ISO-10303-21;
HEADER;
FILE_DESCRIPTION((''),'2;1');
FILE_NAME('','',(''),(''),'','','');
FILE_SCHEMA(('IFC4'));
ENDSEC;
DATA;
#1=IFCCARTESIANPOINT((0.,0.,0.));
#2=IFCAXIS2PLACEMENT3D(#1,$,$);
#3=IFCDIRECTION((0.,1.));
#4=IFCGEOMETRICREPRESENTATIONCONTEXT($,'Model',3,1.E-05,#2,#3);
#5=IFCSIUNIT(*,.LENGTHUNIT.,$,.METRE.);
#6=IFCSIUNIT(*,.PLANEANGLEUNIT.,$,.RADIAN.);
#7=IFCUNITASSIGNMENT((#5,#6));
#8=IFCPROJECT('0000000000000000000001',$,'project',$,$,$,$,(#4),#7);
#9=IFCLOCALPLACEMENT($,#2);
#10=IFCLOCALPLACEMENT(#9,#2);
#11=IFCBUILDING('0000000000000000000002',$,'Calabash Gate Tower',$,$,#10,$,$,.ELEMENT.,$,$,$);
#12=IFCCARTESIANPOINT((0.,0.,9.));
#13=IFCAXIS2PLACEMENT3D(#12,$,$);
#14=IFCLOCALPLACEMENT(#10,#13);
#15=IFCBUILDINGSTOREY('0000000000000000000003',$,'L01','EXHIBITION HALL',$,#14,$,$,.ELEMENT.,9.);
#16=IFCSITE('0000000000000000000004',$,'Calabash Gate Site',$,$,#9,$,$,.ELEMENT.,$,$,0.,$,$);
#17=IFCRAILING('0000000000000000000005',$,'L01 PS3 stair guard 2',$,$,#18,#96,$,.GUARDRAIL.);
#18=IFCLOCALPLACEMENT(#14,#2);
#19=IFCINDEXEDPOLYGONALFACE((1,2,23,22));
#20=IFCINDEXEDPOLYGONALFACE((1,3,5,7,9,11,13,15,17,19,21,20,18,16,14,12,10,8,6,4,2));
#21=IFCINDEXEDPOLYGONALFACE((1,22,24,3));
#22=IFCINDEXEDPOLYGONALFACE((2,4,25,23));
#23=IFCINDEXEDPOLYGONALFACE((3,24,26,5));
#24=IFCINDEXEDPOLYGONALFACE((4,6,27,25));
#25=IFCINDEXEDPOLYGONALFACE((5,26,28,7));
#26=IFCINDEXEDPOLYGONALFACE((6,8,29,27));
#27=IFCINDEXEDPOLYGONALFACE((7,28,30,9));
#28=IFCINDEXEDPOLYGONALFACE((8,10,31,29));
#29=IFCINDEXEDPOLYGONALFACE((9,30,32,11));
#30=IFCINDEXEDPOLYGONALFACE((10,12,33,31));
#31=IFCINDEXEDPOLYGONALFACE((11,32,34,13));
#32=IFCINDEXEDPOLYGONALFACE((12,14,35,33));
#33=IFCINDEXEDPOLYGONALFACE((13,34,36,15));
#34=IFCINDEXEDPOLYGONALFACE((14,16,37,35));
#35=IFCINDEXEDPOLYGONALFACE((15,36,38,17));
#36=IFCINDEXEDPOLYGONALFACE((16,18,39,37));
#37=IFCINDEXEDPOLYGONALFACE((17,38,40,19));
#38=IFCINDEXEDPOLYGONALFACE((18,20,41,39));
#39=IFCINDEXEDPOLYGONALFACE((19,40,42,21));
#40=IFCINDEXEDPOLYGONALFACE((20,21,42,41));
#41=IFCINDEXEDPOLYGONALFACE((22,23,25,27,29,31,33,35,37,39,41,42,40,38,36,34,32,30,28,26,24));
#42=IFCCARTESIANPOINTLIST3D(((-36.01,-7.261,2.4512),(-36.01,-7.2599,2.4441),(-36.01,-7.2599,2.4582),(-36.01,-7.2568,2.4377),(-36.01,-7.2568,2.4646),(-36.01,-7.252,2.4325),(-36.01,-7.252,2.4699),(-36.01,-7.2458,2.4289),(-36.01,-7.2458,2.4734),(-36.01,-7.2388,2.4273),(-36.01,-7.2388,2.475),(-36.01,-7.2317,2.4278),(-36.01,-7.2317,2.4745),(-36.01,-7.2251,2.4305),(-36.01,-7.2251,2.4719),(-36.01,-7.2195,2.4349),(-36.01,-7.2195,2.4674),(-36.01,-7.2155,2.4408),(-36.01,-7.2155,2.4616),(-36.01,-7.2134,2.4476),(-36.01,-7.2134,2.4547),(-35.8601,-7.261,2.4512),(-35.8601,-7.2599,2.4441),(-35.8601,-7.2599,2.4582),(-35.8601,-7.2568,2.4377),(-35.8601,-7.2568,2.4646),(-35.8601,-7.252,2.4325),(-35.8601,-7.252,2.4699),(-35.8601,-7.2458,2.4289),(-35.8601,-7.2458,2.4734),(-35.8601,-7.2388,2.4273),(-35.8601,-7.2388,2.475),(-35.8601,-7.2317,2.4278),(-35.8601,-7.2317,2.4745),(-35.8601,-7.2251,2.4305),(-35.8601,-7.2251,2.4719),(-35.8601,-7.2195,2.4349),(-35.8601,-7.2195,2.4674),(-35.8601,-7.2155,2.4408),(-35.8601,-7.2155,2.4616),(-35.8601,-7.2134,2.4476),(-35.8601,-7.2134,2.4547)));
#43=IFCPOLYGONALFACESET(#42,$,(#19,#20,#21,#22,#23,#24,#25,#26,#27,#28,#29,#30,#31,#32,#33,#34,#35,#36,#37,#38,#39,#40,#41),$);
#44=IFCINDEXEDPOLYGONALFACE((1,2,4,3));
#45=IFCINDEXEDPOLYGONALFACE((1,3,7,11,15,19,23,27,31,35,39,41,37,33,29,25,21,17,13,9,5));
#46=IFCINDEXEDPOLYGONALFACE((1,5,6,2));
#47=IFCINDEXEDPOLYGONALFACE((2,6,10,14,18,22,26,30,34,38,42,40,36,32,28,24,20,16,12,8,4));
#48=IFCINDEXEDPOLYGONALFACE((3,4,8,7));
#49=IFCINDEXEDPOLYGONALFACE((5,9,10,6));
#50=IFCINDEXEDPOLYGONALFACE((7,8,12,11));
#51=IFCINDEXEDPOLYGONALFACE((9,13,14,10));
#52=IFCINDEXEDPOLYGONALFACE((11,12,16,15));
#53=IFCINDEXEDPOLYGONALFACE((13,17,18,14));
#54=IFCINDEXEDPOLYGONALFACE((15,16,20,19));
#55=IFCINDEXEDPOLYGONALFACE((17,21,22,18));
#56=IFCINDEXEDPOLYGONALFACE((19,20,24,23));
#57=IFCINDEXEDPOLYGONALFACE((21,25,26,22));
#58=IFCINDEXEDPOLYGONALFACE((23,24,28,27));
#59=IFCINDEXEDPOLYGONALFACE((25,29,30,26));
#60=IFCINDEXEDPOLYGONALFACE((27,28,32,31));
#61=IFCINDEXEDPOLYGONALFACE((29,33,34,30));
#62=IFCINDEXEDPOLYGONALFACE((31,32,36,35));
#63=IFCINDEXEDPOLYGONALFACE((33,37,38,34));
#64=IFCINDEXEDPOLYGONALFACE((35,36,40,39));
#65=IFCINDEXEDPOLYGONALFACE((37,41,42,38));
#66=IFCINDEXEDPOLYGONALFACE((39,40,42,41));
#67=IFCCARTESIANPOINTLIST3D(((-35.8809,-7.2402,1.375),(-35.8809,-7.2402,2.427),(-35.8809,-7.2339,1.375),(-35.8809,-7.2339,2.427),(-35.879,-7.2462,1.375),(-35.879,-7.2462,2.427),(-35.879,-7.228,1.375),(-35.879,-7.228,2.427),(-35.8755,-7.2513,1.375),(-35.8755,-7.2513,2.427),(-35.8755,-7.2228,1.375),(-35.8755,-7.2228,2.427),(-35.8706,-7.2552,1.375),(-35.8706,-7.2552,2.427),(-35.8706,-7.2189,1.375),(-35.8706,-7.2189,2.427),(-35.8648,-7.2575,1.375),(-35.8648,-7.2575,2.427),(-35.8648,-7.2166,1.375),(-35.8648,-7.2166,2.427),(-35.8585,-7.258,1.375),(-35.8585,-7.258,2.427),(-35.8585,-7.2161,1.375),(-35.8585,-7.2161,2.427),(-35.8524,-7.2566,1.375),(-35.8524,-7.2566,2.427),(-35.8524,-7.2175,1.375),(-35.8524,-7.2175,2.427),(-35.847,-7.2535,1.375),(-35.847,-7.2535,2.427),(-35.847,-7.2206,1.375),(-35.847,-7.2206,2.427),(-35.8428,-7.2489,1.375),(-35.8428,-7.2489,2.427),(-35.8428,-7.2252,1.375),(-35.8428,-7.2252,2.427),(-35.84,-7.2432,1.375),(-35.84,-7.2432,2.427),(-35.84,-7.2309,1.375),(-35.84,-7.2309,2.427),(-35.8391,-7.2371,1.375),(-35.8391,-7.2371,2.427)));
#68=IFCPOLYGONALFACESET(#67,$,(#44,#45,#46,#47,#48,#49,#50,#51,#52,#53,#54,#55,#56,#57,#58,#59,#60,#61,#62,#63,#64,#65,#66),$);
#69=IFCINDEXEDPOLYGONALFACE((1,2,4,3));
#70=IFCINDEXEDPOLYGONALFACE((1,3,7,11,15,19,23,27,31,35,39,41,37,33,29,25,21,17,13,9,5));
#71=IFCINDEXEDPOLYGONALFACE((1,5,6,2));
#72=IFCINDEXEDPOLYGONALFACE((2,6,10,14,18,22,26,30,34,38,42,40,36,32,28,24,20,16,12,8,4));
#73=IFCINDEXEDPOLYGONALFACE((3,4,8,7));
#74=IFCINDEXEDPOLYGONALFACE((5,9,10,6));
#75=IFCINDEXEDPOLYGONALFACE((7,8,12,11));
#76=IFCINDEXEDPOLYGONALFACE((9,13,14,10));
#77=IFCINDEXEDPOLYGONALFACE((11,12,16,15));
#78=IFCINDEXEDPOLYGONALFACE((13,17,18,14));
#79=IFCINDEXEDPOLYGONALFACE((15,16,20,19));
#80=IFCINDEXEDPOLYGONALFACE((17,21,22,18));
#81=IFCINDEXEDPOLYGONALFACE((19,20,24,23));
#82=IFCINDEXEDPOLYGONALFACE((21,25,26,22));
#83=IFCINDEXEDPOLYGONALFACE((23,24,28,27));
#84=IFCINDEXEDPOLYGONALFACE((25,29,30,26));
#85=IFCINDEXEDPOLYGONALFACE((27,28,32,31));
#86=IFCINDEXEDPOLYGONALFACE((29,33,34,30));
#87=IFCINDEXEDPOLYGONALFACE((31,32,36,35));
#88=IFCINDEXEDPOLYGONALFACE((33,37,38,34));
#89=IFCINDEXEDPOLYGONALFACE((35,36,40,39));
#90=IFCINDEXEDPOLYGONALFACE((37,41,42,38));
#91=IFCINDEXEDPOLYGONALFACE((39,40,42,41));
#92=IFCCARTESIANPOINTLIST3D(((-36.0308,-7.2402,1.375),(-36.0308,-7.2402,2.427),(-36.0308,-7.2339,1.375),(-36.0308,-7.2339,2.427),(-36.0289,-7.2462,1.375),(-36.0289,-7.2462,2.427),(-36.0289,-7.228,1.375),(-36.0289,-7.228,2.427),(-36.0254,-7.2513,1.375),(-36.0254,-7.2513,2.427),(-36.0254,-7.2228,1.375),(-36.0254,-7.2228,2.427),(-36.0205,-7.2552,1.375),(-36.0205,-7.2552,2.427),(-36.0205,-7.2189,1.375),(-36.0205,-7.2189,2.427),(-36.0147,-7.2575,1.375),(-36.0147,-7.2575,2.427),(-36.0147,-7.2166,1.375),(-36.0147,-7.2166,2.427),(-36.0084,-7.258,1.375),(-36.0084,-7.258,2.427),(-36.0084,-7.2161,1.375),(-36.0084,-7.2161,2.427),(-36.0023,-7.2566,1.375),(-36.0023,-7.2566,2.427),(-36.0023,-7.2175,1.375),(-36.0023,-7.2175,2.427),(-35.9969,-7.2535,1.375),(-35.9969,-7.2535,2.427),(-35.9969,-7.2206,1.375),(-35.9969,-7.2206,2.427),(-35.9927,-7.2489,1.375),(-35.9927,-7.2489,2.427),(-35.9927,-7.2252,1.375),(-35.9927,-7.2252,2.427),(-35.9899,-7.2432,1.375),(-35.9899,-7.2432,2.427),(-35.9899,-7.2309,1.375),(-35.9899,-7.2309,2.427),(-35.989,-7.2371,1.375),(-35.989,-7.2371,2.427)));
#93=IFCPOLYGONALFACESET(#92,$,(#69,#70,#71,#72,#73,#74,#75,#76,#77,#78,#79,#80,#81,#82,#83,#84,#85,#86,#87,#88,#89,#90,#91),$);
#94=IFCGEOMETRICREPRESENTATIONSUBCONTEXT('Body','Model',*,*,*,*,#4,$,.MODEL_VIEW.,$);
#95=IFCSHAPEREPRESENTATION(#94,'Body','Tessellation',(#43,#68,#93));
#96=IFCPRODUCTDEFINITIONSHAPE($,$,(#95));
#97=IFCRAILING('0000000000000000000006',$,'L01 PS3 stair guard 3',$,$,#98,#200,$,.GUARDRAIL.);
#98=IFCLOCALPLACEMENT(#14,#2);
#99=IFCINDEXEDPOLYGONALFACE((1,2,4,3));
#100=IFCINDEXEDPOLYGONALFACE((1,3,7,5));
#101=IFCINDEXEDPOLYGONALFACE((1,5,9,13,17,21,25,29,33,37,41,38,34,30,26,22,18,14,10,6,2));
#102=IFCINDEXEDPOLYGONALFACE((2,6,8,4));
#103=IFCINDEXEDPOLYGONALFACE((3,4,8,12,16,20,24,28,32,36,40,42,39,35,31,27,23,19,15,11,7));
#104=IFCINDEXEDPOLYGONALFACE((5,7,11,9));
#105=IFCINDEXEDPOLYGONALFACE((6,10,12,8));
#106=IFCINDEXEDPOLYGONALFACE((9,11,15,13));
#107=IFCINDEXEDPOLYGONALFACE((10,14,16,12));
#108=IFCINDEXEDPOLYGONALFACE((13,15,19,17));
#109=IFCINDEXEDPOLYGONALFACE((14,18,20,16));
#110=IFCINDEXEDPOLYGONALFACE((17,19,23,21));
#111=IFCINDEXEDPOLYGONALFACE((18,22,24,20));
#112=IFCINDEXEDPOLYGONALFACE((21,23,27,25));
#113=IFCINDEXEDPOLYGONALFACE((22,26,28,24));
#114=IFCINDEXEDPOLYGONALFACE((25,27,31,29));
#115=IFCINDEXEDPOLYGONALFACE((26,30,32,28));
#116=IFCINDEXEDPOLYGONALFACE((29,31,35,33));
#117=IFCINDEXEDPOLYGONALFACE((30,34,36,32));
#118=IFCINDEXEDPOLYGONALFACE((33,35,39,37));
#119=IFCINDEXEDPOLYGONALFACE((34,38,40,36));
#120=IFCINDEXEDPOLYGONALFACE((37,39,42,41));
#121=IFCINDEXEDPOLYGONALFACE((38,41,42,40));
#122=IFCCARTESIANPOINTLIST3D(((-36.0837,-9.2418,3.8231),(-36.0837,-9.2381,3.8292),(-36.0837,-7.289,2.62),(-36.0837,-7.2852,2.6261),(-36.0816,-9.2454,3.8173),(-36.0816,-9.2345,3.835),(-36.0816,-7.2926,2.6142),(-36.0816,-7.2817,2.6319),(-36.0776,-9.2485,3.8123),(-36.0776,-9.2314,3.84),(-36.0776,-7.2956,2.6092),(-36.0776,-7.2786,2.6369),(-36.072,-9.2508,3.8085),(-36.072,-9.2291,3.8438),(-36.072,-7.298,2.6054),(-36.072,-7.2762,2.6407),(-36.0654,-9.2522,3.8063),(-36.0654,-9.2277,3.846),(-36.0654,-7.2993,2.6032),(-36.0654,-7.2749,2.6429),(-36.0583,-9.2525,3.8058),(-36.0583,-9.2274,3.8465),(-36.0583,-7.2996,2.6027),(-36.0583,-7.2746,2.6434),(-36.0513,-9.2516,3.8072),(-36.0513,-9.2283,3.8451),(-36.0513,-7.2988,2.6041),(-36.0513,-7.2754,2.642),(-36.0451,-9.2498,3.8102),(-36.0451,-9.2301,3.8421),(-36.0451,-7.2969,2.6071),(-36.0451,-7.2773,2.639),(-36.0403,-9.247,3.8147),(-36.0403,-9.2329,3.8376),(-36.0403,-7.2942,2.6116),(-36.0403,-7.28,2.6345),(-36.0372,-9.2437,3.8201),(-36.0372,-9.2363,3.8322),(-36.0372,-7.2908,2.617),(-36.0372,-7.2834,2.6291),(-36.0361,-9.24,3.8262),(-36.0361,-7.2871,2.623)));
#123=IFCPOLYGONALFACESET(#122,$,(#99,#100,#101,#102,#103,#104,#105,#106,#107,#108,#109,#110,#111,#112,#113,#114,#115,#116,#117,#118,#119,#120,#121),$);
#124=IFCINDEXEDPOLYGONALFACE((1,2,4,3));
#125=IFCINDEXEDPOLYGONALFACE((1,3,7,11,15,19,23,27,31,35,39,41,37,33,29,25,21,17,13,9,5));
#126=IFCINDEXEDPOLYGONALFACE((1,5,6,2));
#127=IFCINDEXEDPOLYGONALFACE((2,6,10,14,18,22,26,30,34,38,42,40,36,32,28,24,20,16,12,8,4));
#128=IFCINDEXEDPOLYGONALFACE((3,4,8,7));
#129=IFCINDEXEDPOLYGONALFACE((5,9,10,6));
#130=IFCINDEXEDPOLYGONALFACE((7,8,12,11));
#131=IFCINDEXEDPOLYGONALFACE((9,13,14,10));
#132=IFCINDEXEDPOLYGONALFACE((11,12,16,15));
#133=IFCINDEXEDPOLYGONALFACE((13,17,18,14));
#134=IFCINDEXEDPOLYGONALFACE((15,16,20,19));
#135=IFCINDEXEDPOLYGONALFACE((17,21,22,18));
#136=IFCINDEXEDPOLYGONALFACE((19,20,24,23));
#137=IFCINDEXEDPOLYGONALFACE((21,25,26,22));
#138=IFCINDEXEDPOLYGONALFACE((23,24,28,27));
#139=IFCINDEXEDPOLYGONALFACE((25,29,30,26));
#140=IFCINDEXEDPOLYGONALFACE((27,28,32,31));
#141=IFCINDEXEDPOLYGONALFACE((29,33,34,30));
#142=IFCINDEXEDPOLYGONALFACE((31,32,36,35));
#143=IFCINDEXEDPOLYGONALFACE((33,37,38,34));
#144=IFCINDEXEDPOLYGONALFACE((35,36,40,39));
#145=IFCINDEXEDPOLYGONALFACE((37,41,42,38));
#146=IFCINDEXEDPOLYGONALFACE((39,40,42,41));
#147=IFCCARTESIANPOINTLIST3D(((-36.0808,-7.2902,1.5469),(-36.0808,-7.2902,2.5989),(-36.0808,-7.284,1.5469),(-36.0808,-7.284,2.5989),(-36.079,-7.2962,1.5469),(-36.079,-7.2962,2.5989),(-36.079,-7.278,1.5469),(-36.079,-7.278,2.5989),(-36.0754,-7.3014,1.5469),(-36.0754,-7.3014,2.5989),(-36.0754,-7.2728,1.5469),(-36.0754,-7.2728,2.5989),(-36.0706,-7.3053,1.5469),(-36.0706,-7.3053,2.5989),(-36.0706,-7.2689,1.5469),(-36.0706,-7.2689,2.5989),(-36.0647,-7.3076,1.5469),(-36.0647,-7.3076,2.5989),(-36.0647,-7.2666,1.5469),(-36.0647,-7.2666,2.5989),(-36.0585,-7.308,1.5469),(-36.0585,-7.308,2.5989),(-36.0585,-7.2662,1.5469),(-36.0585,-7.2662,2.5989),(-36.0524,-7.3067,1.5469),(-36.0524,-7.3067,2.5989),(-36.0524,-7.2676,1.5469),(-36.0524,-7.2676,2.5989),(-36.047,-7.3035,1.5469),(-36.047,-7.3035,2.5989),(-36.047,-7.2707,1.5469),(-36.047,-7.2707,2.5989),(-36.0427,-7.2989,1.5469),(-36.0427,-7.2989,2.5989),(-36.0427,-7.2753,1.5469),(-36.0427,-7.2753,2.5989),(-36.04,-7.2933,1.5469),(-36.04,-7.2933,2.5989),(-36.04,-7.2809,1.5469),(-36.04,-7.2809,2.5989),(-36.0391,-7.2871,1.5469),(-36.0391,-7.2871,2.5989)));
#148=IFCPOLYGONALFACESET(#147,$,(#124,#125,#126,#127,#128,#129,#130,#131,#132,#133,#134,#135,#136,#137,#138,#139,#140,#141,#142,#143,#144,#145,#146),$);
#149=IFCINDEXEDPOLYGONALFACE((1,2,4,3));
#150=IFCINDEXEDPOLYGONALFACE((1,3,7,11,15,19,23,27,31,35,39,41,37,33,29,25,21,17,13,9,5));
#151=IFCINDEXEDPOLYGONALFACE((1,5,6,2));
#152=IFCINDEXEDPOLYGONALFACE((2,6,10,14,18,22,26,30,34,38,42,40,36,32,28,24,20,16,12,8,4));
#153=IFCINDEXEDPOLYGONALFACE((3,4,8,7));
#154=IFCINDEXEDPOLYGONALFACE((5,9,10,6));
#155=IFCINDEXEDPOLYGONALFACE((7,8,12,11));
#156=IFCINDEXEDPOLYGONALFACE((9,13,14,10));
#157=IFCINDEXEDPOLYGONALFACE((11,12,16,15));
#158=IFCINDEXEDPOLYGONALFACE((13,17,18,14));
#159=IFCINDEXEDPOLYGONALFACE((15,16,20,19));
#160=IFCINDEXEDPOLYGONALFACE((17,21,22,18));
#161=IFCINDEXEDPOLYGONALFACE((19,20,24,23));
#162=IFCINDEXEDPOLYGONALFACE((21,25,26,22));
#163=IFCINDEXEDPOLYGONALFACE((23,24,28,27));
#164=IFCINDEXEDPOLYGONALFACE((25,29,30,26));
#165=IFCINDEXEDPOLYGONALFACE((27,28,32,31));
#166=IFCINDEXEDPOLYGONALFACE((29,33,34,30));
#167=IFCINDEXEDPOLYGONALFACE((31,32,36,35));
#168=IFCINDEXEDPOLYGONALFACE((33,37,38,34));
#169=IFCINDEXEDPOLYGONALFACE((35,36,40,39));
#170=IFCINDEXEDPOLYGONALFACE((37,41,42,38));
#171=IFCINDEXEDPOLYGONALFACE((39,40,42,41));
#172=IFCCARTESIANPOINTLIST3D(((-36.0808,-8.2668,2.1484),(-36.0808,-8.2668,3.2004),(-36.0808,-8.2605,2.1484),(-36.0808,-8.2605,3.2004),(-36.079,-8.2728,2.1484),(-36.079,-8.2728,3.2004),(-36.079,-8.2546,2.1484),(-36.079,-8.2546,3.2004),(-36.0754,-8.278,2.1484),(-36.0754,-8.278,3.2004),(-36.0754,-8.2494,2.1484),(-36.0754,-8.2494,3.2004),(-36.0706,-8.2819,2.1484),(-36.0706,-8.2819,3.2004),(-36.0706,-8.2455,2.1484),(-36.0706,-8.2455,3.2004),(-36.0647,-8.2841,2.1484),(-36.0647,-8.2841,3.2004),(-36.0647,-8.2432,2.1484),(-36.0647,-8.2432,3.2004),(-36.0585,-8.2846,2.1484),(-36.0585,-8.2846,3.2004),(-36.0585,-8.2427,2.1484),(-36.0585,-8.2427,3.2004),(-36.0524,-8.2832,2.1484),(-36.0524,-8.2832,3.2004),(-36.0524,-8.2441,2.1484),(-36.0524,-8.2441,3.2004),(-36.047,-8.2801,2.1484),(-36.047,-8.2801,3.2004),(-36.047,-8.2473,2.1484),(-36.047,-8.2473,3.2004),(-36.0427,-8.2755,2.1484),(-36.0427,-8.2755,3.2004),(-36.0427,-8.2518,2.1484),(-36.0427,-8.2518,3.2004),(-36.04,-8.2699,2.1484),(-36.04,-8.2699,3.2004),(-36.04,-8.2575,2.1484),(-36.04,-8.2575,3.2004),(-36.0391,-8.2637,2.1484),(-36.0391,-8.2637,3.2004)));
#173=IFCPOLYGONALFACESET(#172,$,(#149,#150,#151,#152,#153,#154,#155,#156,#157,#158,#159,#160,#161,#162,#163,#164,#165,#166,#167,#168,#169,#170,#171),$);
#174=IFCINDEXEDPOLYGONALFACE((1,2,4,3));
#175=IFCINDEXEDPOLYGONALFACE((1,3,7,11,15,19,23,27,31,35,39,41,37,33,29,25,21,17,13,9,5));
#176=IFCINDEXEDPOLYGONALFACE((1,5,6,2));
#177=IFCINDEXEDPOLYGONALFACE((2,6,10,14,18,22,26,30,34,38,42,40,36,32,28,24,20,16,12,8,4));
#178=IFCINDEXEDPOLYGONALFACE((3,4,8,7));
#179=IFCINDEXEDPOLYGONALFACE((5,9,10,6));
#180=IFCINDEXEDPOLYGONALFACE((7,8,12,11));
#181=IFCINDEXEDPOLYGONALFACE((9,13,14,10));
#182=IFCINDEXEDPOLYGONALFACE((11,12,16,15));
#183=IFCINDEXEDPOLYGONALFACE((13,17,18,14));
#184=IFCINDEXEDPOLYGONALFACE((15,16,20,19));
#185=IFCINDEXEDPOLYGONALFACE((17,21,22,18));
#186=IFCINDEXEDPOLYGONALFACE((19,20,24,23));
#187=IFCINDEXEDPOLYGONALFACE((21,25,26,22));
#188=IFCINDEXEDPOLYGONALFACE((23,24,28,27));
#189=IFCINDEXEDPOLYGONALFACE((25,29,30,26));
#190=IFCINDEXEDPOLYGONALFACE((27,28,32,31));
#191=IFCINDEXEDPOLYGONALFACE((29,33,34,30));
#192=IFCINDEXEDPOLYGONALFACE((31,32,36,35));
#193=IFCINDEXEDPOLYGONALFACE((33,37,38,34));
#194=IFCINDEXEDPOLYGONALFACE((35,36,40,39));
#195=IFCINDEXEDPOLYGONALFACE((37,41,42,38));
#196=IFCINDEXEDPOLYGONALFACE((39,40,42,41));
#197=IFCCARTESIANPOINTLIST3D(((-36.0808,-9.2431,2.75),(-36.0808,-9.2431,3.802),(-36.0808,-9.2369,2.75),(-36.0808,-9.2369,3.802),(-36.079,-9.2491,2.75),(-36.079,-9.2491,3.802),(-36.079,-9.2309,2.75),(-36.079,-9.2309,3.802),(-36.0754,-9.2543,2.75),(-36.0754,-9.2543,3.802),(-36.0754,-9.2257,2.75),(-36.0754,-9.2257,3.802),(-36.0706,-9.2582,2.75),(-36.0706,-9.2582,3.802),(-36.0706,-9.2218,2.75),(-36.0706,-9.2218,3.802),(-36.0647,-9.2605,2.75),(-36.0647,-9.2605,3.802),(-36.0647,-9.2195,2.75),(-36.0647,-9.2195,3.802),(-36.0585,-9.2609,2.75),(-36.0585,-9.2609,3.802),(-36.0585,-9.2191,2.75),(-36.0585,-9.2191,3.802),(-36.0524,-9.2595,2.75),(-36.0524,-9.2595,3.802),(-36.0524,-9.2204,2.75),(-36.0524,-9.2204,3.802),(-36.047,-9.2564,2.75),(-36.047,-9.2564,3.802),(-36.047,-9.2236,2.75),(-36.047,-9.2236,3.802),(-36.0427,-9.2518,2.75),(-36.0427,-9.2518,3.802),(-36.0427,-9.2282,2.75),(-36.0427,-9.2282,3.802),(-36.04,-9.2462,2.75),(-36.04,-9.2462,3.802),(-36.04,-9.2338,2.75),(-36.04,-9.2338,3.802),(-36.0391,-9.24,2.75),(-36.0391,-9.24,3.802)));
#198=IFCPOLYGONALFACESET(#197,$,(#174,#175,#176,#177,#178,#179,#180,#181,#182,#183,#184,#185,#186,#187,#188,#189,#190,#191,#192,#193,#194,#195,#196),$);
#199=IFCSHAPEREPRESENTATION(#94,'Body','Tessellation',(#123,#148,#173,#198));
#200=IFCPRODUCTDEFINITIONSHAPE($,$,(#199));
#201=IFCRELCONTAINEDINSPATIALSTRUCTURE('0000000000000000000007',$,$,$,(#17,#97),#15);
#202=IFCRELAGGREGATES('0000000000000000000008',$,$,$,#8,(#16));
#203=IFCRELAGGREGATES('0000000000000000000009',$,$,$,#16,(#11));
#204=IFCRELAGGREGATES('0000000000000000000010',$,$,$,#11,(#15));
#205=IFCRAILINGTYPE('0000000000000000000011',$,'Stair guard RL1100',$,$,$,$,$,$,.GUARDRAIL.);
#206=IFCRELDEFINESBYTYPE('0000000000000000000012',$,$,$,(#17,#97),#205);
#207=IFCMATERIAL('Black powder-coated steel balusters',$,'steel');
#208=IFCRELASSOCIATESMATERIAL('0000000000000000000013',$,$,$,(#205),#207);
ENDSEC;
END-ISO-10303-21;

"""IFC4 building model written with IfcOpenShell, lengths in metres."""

from ifc_helpers import new_model, si_unit, direction, frame, origin, origin_2d, place, context, subcontext, project, spatial, circle, extrude, material, type_object, element, save


model = new_model("IFC4")

# Units and contexts
model_context = context("Model", 3, precision=1e-05, world=origin(), true_north=direction((0.0, 1.0)))
body_context = subcontext(model_context, "Body", "Model", "MODEL_VIEW")
ifc_project = project(units=[si_unit("LENGTHUNIT", "METRE"), si_unit("PLANEANGLEUNIT", "RADIAN")], contexts=[model_context])

# Site, building, storey
site_placement = place(None, origin())
site = spatial("IfcSite", under=ifc_project, at=site_placement, Name="Calabash Gate Site", CompositionType="ELEMENT", RefElevation=0.0)
building_placement = place(site_placement, origin())
building = spatial("IfcBuilding", under=site, at=building_placement, Name="Calabash Gate Tower", CompositionType="ELEMENT")
storey_placement = place(building_placement, frame((0.0, 0.0, 9.0)))
storey = spatial("IfcBuildingStorey", under=building, at=storey_placement, Name="L01", Description="EXHIBITION HALL", CompositionType="ELEMENT", Elevation=9.0)

# Railings
ifc_material_1 = material(Name="Black powder-coated steel balusters", Category="steel")
railing_type_1 = type_object("IfcRailingType", Name="Stair guard RL1100", PredefinedType="GUARDRAIL", material=ifc_material_1)
railing_1_placement = place(storey_placement, frame((-35.8601, -7.2371, 1.375)))
element("IfcRailing", 1, at=railing_1_placement, inside=storey, type_object=railing_type_1, Name="L01 PS3 stair guard 2", PredefinedType="GUARDRAIL", context=body_context, shape_type="SweptSolid", body=[
    extrude(circle(Radius=0.0239, at=origin_2d()), frame((0.0, 0.0, 1.0762), z_axis=(-1.0, 0.0, 0.0), x_axis=(0.0, -1.0, 0.0)), (0.0, 0.0, 1.0), 0.1499),
    extrude(circle(Radius=0.021, at=origin_2d()), origin(), (0.0, 0.0, 1.0), 1.052),
    extrude(circle(Radius=0.021, at=origin_2d()), frame((-0.1499, 0.0, 0.0)), (0.0, 0.0, 1.0), 1.052),
])
railing_2_placement = place(storey_placement, frame((-36.0601, -7.2871, 1.5469)))
element("IfcRailing", 2, at=railing_2_placement, inside=storey, type_object=railing_type_1, Name="L01 PS3 stair guard 3", PredefinedType="GUARDRAIL", context=body_context, shape_type="SweptSolid", body=[
    extrude(circle(Radius=0.0239, at=origin_2d()), frame((0.0, 0.0, 1.0762), z_axis=(0.0, -0.851395, 0.524525), x_axis=(1.0, 0.0, 0.0)), (0.0, 0.0, 1.0), 2.2937),
    extrude(circle(Radius=0.021, at=origin_2d()), origin(), (0.0, 0.0, 1.0), 1.052),
    extrude(circle(Radius=0.021, at=origin_2d()), frame((0.0, -0.9766, 0.6016)), (0.0, 0.0, 1.0), 1.052),
    extrude(circle(Radius=0.021, at=origin_2d()), frame((0.0, -1.9529, 1.2031)), (0.0, 0.0, 1.0), 1.052),
])

save(model, "model.ifc")
